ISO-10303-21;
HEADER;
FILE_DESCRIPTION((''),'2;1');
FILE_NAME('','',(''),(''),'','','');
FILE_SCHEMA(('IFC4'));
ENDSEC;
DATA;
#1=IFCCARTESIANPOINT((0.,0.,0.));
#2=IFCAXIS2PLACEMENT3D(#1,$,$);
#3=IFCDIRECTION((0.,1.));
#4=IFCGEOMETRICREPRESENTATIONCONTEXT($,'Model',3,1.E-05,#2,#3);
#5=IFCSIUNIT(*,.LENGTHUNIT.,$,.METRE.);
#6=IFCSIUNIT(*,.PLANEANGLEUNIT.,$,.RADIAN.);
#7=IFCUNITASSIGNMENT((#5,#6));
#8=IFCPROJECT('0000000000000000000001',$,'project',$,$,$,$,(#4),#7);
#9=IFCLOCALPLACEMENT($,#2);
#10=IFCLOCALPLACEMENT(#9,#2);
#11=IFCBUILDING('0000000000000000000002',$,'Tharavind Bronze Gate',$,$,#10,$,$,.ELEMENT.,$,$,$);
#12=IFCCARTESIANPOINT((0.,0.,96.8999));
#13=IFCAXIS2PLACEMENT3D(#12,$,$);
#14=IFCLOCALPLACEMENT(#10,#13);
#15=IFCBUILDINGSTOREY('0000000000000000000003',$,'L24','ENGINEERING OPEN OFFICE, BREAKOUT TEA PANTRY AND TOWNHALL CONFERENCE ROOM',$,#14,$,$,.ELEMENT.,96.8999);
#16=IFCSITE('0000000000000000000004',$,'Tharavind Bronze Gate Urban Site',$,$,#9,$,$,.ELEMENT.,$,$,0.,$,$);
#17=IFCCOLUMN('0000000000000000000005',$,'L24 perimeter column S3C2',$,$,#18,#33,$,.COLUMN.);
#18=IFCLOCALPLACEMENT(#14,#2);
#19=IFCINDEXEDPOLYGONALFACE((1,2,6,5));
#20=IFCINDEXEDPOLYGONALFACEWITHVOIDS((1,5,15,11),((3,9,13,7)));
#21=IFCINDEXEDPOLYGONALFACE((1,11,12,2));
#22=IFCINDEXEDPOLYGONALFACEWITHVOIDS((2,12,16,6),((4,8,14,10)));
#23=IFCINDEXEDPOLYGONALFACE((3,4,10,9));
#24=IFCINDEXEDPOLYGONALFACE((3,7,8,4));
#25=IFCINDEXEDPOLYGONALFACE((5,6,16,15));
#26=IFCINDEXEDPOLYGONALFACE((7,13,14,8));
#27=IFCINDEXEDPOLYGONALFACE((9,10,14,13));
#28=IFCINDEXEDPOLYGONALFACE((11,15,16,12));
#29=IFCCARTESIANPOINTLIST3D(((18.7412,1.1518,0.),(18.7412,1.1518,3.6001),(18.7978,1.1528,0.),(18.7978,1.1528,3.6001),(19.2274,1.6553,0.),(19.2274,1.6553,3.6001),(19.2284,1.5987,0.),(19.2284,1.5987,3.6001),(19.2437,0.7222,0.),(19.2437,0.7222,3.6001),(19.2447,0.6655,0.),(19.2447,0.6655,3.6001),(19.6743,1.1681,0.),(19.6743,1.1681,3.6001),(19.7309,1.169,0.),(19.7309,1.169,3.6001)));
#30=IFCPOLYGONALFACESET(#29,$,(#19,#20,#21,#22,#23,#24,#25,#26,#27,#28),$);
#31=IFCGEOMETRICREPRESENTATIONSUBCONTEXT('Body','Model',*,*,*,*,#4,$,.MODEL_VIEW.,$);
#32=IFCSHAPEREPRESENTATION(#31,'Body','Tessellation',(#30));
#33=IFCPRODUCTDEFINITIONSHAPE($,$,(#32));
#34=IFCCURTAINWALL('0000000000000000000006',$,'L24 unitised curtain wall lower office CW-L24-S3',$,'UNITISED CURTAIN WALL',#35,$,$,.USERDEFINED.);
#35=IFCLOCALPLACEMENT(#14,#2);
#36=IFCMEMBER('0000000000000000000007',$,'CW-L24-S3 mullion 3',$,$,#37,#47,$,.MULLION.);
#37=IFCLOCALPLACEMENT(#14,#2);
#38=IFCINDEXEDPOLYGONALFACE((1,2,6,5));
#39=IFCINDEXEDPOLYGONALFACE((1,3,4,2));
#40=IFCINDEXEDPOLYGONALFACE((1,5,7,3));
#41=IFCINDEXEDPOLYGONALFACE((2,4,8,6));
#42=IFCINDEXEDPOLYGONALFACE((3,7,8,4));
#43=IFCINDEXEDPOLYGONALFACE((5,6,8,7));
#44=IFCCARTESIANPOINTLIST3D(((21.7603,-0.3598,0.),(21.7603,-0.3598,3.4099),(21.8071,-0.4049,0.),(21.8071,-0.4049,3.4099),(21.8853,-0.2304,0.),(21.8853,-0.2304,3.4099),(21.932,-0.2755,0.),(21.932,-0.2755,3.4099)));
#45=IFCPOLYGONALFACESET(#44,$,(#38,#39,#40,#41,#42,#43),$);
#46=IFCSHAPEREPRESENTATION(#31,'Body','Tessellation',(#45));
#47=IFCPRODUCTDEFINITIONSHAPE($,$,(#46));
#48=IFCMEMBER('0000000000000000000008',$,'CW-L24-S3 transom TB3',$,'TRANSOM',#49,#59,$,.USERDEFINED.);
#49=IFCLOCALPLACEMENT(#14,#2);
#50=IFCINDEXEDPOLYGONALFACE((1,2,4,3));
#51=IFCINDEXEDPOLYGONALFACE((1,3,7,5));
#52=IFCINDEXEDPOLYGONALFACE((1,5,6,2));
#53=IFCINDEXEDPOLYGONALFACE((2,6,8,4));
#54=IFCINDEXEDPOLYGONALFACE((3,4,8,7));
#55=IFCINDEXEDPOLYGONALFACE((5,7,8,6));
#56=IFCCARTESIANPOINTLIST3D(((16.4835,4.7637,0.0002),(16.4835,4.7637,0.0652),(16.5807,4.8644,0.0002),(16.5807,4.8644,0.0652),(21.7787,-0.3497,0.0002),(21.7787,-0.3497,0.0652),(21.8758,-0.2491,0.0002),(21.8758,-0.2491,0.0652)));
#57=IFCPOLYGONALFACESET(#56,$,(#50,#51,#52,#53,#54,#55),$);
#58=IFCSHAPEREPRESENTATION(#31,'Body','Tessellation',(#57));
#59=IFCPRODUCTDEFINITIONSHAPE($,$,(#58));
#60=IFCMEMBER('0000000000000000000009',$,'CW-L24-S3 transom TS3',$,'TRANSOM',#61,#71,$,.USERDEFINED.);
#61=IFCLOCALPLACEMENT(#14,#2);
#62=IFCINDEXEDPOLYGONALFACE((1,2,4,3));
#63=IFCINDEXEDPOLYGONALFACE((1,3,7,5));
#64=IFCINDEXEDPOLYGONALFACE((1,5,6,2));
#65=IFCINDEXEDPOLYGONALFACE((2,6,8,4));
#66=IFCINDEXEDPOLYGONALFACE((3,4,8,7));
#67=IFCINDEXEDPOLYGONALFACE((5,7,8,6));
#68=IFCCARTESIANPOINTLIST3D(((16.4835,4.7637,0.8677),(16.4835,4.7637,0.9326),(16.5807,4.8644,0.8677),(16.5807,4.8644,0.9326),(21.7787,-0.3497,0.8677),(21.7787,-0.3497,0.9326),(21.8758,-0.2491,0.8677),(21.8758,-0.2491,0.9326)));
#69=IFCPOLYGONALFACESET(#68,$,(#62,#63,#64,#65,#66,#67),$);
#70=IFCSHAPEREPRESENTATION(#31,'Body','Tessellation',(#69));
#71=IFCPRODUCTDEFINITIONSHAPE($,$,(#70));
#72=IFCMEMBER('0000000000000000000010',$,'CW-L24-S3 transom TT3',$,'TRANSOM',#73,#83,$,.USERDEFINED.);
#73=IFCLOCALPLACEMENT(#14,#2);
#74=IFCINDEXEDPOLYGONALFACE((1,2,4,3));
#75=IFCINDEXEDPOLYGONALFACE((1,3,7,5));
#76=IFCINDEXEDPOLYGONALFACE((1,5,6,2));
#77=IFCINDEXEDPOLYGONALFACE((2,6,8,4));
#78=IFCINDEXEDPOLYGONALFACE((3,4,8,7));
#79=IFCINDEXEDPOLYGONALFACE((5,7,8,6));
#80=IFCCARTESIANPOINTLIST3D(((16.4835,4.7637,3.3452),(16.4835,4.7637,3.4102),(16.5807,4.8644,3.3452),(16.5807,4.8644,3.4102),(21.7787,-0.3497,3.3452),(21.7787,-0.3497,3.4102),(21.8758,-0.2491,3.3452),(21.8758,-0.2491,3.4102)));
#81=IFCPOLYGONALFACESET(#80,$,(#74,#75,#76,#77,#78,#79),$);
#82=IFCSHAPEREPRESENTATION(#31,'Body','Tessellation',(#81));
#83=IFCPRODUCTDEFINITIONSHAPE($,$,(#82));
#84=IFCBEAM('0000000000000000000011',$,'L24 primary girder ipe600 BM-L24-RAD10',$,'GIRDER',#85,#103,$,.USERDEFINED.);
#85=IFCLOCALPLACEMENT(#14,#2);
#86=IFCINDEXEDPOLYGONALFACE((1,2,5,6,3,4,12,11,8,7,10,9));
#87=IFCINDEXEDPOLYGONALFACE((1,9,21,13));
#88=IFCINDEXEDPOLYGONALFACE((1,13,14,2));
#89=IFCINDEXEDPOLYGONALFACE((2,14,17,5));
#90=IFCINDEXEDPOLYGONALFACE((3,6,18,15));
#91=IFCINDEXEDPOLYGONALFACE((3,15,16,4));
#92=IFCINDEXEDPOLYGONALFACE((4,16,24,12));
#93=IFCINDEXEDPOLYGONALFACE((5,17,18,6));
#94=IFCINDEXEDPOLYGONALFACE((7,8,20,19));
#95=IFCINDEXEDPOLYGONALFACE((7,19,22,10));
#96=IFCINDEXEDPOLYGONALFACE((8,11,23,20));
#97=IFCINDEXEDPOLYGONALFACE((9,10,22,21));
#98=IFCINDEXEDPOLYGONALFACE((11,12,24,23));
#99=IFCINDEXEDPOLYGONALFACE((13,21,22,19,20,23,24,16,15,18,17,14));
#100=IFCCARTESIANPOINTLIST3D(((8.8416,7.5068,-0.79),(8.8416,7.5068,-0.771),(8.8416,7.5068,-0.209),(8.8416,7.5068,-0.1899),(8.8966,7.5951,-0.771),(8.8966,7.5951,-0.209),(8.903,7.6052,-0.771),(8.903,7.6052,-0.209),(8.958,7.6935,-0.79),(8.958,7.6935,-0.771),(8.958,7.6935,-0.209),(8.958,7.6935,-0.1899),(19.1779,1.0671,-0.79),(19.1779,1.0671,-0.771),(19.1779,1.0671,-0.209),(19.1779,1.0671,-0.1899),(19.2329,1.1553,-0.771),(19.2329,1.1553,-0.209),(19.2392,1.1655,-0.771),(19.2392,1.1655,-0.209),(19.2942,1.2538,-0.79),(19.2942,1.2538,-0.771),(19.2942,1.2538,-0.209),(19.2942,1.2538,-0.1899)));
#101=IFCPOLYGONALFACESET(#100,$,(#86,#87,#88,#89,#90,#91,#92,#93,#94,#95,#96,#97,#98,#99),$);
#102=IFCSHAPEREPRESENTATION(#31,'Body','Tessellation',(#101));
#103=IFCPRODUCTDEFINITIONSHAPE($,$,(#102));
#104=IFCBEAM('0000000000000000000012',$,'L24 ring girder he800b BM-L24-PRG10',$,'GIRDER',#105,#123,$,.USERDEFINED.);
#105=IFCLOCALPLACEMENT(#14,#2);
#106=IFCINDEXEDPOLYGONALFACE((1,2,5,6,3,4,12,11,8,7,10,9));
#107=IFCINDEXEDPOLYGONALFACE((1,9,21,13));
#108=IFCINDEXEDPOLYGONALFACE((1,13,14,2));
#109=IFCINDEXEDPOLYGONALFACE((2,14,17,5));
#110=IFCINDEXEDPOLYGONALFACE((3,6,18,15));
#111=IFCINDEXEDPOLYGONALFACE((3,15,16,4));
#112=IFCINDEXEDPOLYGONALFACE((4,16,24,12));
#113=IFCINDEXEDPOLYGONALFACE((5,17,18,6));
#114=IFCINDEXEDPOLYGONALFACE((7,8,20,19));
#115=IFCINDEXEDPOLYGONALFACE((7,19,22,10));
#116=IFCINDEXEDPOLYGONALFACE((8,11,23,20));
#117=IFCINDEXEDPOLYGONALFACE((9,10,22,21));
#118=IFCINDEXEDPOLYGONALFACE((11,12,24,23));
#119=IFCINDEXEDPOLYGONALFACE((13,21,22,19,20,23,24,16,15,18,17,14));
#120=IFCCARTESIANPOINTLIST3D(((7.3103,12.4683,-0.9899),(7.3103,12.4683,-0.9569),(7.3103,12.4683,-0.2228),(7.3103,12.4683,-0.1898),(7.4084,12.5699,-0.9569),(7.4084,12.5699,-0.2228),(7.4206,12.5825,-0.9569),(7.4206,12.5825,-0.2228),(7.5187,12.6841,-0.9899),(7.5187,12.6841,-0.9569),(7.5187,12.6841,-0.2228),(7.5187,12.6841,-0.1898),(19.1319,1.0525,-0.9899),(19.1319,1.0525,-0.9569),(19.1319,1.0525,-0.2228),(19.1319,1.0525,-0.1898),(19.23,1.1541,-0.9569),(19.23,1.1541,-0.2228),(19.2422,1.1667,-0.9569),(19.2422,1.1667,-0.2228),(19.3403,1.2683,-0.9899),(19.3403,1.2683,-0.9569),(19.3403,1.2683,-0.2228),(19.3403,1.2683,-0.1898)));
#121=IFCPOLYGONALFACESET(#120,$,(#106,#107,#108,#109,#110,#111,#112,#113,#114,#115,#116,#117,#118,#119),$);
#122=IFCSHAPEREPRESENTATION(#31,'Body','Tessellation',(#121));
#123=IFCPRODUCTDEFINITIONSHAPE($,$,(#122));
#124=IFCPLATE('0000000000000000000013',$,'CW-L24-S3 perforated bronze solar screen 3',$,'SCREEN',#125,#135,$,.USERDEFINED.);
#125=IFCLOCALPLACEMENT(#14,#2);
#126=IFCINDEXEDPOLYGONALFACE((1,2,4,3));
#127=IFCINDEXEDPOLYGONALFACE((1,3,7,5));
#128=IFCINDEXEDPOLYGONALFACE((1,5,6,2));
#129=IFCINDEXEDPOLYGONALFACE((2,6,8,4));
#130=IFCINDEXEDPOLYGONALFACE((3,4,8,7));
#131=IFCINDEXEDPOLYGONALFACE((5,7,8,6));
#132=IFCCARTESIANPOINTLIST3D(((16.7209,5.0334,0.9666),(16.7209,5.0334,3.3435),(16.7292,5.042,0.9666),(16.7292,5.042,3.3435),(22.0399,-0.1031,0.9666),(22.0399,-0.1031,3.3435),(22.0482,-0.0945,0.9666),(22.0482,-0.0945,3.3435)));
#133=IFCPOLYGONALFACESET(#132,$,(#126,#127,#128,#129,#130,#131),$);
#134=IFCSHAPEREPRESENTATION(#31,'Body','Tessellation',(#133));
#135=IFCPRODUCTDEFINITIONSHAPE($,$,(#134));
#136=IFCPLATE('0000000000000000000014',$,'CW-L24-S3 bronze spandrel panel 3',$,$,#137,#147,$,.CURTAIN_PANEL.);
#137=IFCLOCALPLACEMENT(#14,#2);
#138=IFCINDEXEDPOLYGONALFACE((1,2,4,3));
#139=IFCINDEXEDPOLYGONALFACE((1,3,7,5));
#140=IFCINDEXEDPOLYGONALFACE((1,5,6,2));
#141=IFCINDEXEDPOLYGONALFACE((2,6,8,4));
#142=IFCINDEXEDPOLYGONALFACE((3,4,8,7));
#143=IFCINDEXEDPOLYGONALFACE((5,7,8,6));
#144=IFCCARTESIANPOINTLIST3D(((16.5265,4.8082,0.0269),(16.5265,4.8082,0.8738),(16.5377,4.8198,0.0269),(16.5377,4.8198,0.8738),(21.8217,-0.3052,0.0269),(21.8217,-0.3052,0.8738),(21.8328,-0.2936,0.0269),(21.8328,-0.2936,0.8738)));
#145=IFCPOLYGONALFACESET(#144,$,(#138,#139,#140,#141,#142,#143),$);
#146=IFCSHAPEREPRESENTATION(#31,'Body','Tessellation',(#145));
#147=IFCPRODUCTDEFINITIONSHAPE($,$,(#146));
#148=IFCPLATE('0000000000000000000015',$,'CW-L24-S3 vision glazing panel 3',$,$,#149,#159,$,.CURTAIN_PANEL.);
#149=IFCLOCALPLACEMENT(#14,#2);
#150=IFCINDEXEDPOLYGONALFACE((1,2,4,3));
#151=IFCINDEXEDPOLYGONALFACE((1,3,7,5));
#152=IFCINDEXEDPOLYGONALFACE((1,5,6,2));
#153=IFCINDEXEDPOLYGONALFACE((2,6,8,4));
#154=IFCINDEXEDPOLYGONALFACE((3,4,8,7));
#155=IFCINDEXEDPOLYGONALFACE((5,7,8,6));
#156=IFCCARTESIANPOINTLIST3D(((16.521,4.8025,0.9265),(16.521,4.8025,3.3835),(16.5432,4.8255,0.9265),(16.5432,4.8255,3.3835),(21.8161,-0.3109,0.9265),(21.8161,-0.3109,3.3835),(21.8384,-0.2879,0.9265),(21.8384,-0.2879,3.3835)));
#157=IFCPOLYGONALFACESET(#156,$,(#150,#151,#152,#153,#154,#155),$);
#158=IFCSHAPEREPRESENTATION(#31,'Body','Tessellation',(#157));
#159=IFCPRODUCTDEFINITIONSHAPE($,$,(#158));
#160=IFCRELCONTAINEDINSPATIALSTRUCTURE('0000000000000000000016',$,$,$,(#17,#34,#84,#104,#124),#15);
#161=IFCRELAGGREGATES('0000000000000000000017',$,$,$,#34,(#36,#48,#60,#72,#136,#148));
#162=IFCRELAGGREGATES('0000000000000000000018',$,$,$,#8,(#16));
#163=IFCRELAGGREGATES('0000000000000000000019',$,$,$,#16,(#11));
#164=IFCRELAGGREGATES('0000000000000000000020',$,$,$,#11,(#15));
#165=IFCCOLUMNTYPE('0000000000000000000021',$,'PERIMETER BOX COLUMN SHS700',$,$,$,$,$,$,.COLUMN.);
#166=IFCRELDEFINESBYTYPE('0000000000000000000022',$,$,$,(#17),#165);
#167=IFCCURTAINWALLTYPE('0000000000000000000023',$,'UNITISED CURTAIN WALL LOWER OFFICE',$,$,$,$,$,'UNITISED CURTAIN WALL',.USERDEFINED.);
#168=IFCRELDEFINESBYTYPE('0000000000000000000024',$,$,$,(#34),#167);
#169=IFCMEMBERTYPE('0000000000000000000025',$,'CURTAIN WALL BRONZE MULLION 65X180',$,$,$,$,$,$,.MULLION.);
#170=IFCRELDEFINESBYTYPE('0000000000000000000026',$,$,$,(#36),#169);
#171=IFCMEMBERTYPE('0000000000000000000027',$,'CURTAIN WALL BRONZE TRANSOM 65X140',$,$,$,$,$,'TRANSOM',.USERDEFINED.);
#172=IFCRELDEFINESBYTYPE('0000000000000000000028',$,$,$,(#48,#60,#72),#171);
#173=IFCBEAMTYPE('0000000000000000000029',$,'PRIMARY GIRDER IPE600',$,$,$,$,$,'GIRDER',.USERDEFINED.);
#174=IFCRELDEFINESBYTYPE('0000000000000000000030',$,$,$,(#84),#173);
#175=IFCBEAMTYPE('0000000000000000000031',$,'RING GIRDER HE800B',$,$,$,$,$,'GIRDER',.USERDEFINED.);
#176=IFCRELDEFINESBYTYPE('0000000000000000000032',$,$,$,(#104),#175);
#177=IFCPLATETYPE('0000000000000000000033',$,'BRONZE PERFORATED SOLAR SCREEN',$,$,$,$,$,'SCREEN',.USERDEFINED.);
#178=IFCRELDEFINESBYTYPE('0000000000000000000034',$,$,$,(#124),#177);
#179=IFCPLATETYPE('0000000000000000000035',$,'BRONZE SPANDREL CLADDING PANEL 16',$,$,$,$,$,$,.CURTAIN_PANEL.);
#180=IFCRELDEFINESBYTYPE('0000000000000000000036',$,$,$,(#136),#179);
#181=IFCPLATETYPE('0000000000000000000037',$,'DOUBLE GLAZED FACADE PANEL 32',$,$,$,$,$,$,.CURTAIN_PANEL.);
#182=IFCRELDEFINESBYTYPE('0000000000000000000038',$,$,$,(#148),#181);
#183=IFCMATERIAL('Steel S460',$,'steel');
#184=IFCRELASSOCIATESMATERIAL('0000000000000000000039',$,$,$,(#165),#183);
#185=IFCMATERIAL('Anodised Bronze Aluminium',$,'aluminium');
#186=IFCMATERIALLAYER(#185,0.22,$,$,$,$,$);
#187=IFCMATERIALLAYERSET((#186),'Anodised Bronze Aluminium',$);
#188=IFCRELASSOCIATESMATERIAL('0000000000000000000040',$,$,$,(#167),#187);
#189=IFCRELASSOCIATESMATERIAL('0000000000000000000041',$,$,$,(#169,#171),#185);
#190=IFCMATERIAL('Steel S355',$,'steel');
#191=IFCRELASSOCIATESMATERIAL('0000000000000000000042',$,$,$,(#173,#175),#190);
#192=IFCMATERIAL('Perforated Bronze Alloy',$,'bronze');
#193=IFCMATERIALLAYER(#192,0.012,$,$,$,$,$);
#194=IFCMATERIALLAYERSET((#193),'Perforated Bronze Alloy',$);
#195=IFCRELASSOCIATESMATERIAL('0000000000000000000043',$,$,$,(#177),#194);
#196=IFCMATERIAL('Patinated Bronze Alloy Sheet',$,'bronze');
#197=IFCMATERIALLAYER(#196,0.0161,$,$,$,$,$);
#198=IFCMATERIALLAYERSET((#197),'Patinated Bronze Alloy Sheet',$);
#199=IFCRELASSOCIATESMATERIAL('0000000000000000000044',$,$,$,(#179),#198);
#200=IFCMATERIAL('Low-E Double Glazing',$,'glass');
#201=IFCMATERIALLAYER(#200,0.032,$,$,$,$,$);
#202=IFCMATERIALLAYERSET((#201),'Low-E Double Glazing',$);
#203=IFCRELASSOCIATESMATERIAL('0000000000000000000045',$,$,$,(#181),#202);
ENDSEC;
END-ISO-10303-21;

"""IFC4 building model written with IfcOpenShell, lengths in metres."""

from ifc_helpers import new_model, si_unit, direction, frame, origin, origin_2d, place, context, subcontext, project, spatial, rectangle, hollow_rectangle, i_section, extrude, material, layer, layer_set, material_profile, profile_set, type_object, element, aggregate, save


model = new_model("IFC4")

# Units and contexts
model_context = context("Model", 3, precision=1e-05, world=origin(), true_north=direction((0.0, 1.0)))
body_context = subcontext(model_context, "Body", "Model", "MODEL_VIEW")
ifc_project = project(units=[si_unit("LENGTHUNIT", "METRE"), si_unit("PLANEANGLEUNIT", "RADIAN")], contexts=[model_context])

# Site, building, storey
site_placement = place(None, origin())
site = spatial("IfcSite", under=ifc_project, at=site_placement, Name="Tharavind Bronze Gate Urban Site", CompositionType="ELEMENT", RefElevation=0.0)
building_placement = place(site_placement, origin())
building = spatial("IfcBuilding", under=site, at=building_placement, Name="Tharavind Bronze Gate", CompositionType="ELEMENT")
storey_placement = place(building_placement, frame((0.0, 0.0, 96.8999)))
storey = spatial("IfcBuildingStorey", under=building, at=storey_placement, Name="L24", Description="ENGINEERING OPEN OFFICE, BREAKOUT TEA PANTRY AND TOWNHALL CONFERENCE ROOM", CompositionType="ELEMENT", Elevation=96.8999)

# Column
ifc_material_1 = material(Name="Steel S460", Category="steel")
ifc_material_profile_1 = material_profile(ifc_material_1, hollow_rectangle(XDim=0.7, YDim=0.7, WallThickness=0.04, at=origin_2d()), Name="SHS700X40")
ifc_profile_set_1 = profile_set([ifc_material_profile_1], Name="Steel S460")
column_type = type_object("IfcColumnType", Name="PERIMETER BOX COLUMN SHS700", PredefinedType="COLUMN", material=ifc_profile_set_1)
column_placement = place(storey_placement, frame((19.2361, 1.1604, 0.0), z_axis=(0.0, 0.0, 1.0), x_axis=(-0.71934, 0.694658, 0.0)))
element("IfcColumn", 1, at=column_placement, inside=storey, type_object=column_type, Name="L24 perimeter column S3C2", PredefinedType="COLUMN", context=body_context, shape_type="SweptSolid", body=[
    extrude(hollow_rectangle(XDim=0.7, YDim=0.7, WallThickness=0.04, at=origin_2d()), origin(), (0.0, 0.0, 1.0), 3.6001),
])

# Curtain wall, members
ifc_material_2 = material(Name="Anodised Bronze Aluminium", Category="aluminium")
ifc_layer_1 = layer(ifc_material_2, 0.22)
ifc_layer_set_1 = layer_set([ifc_layer_1], Name="Anodised Bronze Aluminium")
curtain_wall_type = type_object("IfcCurtainWallType", Name="UNITISED CURTAIN WALL LOWER OFFICE", ElementType="UNITISED CURTAIN WALL", PredefinedType="USERDEFINED", material=ifc_layer_set_1)
curtain_wall_placement = place(storey_placement, origin())
curtain_wall = element("IfcCurtainWall", 2, at=curtain_wall_placement, inside=storey, type_object=curtain_wall_type, Name="L24 unitised curtain wall lower office CW-L24-S3", ObjectType="UNITISED CURTAIN WALL", PredefinedType="USERDEFINED")
member_type_1 = type_object("IfcMemberType", Name="CURTAIN WALL BRONZE MULLION 65X180", PredefinedType="MULLION", material=ifc_material_2)
member_1_placement = place(storey_placement, frame((21.8462, -0.3176, 0.0), z_axis=(0.0, 0.0, 1.0), x_axis=(-0.719341, 0.694657, 0.0)))
member_1 = element("IfcMember", 3, at=member_1_placement, type_object=member_type_1, Name="CW-L24-S3 mullion 3", PredefinedType="MULLION", context=body_context, shape_type="SweptSolid", body=[
    extrude(rectangle(XDim=0.0649, YDim=0.1799, at=origin_2d()), origin(), (0.0, 0.0, 1.0), 3.4099),
])
member_type_2 = type_object("IfcMemberType", Name="CURTAIN WALL BRONZE TRANSOM 65X140", ElementType="TRANSOM", PredefinedType="USERDEFINED", material=ifc_material_2)
member_2_placement = place(storey_placement, frame((19.1797, 2.2573, 0.0002), z_axis=(0.0, 0.0, 1.0), x_axis=(-0.719341, 0.694657, 0.0)))
member_2 = element("IfcMember", 4, at=member_2_placement, type_object=member_type_2, Name="CW-L24-S3 transom TB3", ObjectType="TRANSOM", PredefinedType="USERDEFINED", context=body_context, shape_type="SweptSolid", body=[
    extrude(rectangle(XDim=7.3611, YDim=0.1399, at=origin_2d()), origin(), (0.0, 0.0, 1.0), 0.0649),
])
member_3_placement = place(storey_placement, frame((19.1797, 2.2573, 0.8677), z_axis=(0.0, 0.0, 1.0), x_axis=(-0.719341, 0.694657, 0.0)))
member_3 = element("IfcMember", 5, at=member_3_placement, type_object=member_type_2, Name="CW-L24-S3 transom TS3", ObjectType="TRANSOM", PredefinedType="USERDEFINED", context=body_context, shape_type="SweptSolid", body=[
    extrude(rectangle(XDim=7.3611, YDim=0.1399, at=origin_2d()), origin(), (0.0, 0.0, 1.0), 0.0649),
])
member_4_placement = place(storey_placement, frame((19.1797, 2.2573, 3.3452), z_axis=(0.0, 0.0, 1.0), x_axis=(-0.719341, 0.694657, 0.0)))
member_4 = element("IfcMember", 6, at=member_4_placement, type_object=member_type_2, Name="CW-L24-S3 transom TT3", ObjectType="TRANSOM", PredefinedType="USERDEFINED", context=body_context, shape_type="SweptSolid", body=[
    extrude(rectangle(XDim=7.3611, YDim=0.1399, at=origin_2d()), origin(), (0.0, 0.0, 1.0), 0.0649),
])

# Beams
ifc_material_3 = material(Name="Steel S355", Category="steel")
ifc_material_profile_2 = material_profile(ifc_material_3, i_section(OverallWidth=0.22, OverallDepth=0.6001, WebThickness=0.012, FlangeThickness=0.019, at=origin_2d()), Name="IPE600")
ifc_profile_set_2 = profile_set([ifc_material_profile_2], Name="Steel S355")
beam_type_1 = type_object("IfcBeamType", Name="PRIMARY GIRDER IPE600", ElementType="GIRDER", PredefinedType="USERDEFINED", material=ifc_profile_set_2)
beam_1_placement = place(storey_placement, frame((19.2361, 1.1604, -0.49), z_axis=(-0.848751, 0.528793, 0.0), x_axis=(-0.528793, -0.848751, 0.0)))
element("IfcBeam", 7, at=beam_1_placement, inside=storey, type_object=beam_type_1, Name="L24 primary girder ipe600 BM-L24-RAD10", ObjectType="GIRDER", PredefinedType="USERDEFINED", context=body_context, shape_type="SweptSolid", body=[
    extrude(i_section(OverallWidth=0.22, OverallDepth=0.6001, WebThickness=0.012, FlangeThickness=0.019, at=origin_2d()), origin(), (0.0, 0.0, 1.0), 12.1782),
])
ifc_material_profile_3 = material_profile(ifc_material_3, i_section(OverallWidth=0.3, OverallDepth=0.8, WebThickness=0.0176, FlangeThickness=0.033, at=origin_2d()), Name="HE800B")
ifc_profile_set_3 = profile_set([ifc_material_profile_3], Name="Steel S355")
beam_type_2 = type_object("IfcBeamType", Name="RING GIRDER HE800B", ElementType="GIRDER", PredefinedType="USERDEFINED", material=ifc_profile_set_3)
beam_2_placement = place(storey_placement, frame((19.2361, 1.1604, -0.5898), z_axis=(-0.719344, 0.694654, 0.0), x_axis=(-0.694654, -0.719344, 0.0)))
element("IfcBeam", 8, at=beam_2_placement, inside=storey, type_object=beam_type_2, Name="L24 ring girder he800b BM-L24-PRG10", ObjectType="GIRDER", PredefinedType="USERDEFINED", context=body_context, shape_type="SweptSolid", body=[
    extrude(i_section(OverallWidth=0.3, OverallDepth=0.8, WebThickness=0.0176, FlangeThickness=0.033, at=origin_2d()), origin(), (0.0, 0.0, 1.0), 16.4338),
])

# Plates
ifc_material_4 = material(Name="Perforated Bronze Alloy", Category="bronze")
ifc_layer_2 = layer(ifc_material_4, 0.012)
ifc_layer_set_2 = layer_set([ifc_layer_2], Name="Perforated Bronze Alloy")
plate_type_1 = type_object("IfcPlateType", Name="BRONZE PERFORATED SOLAR SCREEN", ElementType="SCREEN", PredefinedType="USERDEFINED", material=ifc_layer_set_2)
plate_1_placement = place(storey_placement, frame((19.3845, 2.4695, 0.9666), z_axis=(0.0, 0.0, 1.0), x_axis=(-0.719341, 0.694657, 0.0)))
element("IfcPlate", 9, at=plate_1_placement, inside=storey, type_object=plate_type_1, Name="CW-L24-S3 perforated bronze solar screen 3", ObjectType="SCREEN", PredefinedType="USERDEFINED", context=body_context, shape_type="SweptSolid", body=[
    extrude(rectangle(XDim=7.3943, YDim=0.012, at=origin_2d()), origin(), (0.0, 0.0, 1.0), 2.377),
])
ifc_material_5 = material(Name="Patinated Bronze Alloy Sheet", Category="bronze")
ifc_layer_3 = layer(ifc_material_5, 0.0161)
ifc_layer_set_3 = layer_set([ifc_layer_3], Name="Patinated Bronze Alloy Sheet")
plate_type_2 = type_object("IfcPlateType", Name="BRONZE SPANDREL CLADDING PANEL 16", PredefinedType="CURTAIN_PANEL", material=ifc_layer_set_3)
plate_2_placement = place(storey_placement, frame((19.1797, 2.2573, 0.0269), z_axis=(0.0, 0.0, 1.0), x_axis=(-0.719341, 0.694657, 0.0)))
plate_2 = element("IfcPlate", 10, at=plate_2_placement, type_object=plate_type_2, Name="CW-L24-S3 bronze spandrel panel 3", PredefinedType="CURTAIN_PANEL", context=body_context, shape_type="SweptSolid", body=[
    extrude(rectangle(XDim=7.3611, YDim=0.0161, at=origin_2d()), origin(), (0.0, 0.0, 1.0), 0.8469),
])
ifc_material_6 = material(Name="Low-E Double Glazing", Category="glass")
ifc_layer_4 = layer(ifc_material_6, 0.032)
ifc_layer_set_4 = layer_set([ifc_layer_4], Name="Low-E Double Glazing")
plate_type_3 = type_object("IfcPlateType", Name="DOUBLE GLAZED FACADE PANEL 32", PredefinedType="CURTAIN_PANEL", material=ifc_layer_set_4)
plate_3_placement = place(storey_placement, frame((19.1797, 2.2573, 0.9265), z_axis=(0.0, 0.0, 1.0), x_axis=(-0.719341, 0.694657, 0.0)))
plate_3 = element("IfcPlate", 11, at=plate_3_placement, type_object=plate_type_3, Name="CW-L24-S3 vision glazing panel 3", PredefinedType="CURTAIN_PANEL", context=body_context, shape_type="SweptSolid", body=[
    extrude(rectangle(XDim=7.3611, YDim=0.032, at=origin_2d()), origin(), (0.0, 0.0, 1.0), 2.457),
])
aggregate(curtain_wall, [member_1, member_2, member_3, member_4, plate_2, plate_3])

save(model, "model.ifc")
